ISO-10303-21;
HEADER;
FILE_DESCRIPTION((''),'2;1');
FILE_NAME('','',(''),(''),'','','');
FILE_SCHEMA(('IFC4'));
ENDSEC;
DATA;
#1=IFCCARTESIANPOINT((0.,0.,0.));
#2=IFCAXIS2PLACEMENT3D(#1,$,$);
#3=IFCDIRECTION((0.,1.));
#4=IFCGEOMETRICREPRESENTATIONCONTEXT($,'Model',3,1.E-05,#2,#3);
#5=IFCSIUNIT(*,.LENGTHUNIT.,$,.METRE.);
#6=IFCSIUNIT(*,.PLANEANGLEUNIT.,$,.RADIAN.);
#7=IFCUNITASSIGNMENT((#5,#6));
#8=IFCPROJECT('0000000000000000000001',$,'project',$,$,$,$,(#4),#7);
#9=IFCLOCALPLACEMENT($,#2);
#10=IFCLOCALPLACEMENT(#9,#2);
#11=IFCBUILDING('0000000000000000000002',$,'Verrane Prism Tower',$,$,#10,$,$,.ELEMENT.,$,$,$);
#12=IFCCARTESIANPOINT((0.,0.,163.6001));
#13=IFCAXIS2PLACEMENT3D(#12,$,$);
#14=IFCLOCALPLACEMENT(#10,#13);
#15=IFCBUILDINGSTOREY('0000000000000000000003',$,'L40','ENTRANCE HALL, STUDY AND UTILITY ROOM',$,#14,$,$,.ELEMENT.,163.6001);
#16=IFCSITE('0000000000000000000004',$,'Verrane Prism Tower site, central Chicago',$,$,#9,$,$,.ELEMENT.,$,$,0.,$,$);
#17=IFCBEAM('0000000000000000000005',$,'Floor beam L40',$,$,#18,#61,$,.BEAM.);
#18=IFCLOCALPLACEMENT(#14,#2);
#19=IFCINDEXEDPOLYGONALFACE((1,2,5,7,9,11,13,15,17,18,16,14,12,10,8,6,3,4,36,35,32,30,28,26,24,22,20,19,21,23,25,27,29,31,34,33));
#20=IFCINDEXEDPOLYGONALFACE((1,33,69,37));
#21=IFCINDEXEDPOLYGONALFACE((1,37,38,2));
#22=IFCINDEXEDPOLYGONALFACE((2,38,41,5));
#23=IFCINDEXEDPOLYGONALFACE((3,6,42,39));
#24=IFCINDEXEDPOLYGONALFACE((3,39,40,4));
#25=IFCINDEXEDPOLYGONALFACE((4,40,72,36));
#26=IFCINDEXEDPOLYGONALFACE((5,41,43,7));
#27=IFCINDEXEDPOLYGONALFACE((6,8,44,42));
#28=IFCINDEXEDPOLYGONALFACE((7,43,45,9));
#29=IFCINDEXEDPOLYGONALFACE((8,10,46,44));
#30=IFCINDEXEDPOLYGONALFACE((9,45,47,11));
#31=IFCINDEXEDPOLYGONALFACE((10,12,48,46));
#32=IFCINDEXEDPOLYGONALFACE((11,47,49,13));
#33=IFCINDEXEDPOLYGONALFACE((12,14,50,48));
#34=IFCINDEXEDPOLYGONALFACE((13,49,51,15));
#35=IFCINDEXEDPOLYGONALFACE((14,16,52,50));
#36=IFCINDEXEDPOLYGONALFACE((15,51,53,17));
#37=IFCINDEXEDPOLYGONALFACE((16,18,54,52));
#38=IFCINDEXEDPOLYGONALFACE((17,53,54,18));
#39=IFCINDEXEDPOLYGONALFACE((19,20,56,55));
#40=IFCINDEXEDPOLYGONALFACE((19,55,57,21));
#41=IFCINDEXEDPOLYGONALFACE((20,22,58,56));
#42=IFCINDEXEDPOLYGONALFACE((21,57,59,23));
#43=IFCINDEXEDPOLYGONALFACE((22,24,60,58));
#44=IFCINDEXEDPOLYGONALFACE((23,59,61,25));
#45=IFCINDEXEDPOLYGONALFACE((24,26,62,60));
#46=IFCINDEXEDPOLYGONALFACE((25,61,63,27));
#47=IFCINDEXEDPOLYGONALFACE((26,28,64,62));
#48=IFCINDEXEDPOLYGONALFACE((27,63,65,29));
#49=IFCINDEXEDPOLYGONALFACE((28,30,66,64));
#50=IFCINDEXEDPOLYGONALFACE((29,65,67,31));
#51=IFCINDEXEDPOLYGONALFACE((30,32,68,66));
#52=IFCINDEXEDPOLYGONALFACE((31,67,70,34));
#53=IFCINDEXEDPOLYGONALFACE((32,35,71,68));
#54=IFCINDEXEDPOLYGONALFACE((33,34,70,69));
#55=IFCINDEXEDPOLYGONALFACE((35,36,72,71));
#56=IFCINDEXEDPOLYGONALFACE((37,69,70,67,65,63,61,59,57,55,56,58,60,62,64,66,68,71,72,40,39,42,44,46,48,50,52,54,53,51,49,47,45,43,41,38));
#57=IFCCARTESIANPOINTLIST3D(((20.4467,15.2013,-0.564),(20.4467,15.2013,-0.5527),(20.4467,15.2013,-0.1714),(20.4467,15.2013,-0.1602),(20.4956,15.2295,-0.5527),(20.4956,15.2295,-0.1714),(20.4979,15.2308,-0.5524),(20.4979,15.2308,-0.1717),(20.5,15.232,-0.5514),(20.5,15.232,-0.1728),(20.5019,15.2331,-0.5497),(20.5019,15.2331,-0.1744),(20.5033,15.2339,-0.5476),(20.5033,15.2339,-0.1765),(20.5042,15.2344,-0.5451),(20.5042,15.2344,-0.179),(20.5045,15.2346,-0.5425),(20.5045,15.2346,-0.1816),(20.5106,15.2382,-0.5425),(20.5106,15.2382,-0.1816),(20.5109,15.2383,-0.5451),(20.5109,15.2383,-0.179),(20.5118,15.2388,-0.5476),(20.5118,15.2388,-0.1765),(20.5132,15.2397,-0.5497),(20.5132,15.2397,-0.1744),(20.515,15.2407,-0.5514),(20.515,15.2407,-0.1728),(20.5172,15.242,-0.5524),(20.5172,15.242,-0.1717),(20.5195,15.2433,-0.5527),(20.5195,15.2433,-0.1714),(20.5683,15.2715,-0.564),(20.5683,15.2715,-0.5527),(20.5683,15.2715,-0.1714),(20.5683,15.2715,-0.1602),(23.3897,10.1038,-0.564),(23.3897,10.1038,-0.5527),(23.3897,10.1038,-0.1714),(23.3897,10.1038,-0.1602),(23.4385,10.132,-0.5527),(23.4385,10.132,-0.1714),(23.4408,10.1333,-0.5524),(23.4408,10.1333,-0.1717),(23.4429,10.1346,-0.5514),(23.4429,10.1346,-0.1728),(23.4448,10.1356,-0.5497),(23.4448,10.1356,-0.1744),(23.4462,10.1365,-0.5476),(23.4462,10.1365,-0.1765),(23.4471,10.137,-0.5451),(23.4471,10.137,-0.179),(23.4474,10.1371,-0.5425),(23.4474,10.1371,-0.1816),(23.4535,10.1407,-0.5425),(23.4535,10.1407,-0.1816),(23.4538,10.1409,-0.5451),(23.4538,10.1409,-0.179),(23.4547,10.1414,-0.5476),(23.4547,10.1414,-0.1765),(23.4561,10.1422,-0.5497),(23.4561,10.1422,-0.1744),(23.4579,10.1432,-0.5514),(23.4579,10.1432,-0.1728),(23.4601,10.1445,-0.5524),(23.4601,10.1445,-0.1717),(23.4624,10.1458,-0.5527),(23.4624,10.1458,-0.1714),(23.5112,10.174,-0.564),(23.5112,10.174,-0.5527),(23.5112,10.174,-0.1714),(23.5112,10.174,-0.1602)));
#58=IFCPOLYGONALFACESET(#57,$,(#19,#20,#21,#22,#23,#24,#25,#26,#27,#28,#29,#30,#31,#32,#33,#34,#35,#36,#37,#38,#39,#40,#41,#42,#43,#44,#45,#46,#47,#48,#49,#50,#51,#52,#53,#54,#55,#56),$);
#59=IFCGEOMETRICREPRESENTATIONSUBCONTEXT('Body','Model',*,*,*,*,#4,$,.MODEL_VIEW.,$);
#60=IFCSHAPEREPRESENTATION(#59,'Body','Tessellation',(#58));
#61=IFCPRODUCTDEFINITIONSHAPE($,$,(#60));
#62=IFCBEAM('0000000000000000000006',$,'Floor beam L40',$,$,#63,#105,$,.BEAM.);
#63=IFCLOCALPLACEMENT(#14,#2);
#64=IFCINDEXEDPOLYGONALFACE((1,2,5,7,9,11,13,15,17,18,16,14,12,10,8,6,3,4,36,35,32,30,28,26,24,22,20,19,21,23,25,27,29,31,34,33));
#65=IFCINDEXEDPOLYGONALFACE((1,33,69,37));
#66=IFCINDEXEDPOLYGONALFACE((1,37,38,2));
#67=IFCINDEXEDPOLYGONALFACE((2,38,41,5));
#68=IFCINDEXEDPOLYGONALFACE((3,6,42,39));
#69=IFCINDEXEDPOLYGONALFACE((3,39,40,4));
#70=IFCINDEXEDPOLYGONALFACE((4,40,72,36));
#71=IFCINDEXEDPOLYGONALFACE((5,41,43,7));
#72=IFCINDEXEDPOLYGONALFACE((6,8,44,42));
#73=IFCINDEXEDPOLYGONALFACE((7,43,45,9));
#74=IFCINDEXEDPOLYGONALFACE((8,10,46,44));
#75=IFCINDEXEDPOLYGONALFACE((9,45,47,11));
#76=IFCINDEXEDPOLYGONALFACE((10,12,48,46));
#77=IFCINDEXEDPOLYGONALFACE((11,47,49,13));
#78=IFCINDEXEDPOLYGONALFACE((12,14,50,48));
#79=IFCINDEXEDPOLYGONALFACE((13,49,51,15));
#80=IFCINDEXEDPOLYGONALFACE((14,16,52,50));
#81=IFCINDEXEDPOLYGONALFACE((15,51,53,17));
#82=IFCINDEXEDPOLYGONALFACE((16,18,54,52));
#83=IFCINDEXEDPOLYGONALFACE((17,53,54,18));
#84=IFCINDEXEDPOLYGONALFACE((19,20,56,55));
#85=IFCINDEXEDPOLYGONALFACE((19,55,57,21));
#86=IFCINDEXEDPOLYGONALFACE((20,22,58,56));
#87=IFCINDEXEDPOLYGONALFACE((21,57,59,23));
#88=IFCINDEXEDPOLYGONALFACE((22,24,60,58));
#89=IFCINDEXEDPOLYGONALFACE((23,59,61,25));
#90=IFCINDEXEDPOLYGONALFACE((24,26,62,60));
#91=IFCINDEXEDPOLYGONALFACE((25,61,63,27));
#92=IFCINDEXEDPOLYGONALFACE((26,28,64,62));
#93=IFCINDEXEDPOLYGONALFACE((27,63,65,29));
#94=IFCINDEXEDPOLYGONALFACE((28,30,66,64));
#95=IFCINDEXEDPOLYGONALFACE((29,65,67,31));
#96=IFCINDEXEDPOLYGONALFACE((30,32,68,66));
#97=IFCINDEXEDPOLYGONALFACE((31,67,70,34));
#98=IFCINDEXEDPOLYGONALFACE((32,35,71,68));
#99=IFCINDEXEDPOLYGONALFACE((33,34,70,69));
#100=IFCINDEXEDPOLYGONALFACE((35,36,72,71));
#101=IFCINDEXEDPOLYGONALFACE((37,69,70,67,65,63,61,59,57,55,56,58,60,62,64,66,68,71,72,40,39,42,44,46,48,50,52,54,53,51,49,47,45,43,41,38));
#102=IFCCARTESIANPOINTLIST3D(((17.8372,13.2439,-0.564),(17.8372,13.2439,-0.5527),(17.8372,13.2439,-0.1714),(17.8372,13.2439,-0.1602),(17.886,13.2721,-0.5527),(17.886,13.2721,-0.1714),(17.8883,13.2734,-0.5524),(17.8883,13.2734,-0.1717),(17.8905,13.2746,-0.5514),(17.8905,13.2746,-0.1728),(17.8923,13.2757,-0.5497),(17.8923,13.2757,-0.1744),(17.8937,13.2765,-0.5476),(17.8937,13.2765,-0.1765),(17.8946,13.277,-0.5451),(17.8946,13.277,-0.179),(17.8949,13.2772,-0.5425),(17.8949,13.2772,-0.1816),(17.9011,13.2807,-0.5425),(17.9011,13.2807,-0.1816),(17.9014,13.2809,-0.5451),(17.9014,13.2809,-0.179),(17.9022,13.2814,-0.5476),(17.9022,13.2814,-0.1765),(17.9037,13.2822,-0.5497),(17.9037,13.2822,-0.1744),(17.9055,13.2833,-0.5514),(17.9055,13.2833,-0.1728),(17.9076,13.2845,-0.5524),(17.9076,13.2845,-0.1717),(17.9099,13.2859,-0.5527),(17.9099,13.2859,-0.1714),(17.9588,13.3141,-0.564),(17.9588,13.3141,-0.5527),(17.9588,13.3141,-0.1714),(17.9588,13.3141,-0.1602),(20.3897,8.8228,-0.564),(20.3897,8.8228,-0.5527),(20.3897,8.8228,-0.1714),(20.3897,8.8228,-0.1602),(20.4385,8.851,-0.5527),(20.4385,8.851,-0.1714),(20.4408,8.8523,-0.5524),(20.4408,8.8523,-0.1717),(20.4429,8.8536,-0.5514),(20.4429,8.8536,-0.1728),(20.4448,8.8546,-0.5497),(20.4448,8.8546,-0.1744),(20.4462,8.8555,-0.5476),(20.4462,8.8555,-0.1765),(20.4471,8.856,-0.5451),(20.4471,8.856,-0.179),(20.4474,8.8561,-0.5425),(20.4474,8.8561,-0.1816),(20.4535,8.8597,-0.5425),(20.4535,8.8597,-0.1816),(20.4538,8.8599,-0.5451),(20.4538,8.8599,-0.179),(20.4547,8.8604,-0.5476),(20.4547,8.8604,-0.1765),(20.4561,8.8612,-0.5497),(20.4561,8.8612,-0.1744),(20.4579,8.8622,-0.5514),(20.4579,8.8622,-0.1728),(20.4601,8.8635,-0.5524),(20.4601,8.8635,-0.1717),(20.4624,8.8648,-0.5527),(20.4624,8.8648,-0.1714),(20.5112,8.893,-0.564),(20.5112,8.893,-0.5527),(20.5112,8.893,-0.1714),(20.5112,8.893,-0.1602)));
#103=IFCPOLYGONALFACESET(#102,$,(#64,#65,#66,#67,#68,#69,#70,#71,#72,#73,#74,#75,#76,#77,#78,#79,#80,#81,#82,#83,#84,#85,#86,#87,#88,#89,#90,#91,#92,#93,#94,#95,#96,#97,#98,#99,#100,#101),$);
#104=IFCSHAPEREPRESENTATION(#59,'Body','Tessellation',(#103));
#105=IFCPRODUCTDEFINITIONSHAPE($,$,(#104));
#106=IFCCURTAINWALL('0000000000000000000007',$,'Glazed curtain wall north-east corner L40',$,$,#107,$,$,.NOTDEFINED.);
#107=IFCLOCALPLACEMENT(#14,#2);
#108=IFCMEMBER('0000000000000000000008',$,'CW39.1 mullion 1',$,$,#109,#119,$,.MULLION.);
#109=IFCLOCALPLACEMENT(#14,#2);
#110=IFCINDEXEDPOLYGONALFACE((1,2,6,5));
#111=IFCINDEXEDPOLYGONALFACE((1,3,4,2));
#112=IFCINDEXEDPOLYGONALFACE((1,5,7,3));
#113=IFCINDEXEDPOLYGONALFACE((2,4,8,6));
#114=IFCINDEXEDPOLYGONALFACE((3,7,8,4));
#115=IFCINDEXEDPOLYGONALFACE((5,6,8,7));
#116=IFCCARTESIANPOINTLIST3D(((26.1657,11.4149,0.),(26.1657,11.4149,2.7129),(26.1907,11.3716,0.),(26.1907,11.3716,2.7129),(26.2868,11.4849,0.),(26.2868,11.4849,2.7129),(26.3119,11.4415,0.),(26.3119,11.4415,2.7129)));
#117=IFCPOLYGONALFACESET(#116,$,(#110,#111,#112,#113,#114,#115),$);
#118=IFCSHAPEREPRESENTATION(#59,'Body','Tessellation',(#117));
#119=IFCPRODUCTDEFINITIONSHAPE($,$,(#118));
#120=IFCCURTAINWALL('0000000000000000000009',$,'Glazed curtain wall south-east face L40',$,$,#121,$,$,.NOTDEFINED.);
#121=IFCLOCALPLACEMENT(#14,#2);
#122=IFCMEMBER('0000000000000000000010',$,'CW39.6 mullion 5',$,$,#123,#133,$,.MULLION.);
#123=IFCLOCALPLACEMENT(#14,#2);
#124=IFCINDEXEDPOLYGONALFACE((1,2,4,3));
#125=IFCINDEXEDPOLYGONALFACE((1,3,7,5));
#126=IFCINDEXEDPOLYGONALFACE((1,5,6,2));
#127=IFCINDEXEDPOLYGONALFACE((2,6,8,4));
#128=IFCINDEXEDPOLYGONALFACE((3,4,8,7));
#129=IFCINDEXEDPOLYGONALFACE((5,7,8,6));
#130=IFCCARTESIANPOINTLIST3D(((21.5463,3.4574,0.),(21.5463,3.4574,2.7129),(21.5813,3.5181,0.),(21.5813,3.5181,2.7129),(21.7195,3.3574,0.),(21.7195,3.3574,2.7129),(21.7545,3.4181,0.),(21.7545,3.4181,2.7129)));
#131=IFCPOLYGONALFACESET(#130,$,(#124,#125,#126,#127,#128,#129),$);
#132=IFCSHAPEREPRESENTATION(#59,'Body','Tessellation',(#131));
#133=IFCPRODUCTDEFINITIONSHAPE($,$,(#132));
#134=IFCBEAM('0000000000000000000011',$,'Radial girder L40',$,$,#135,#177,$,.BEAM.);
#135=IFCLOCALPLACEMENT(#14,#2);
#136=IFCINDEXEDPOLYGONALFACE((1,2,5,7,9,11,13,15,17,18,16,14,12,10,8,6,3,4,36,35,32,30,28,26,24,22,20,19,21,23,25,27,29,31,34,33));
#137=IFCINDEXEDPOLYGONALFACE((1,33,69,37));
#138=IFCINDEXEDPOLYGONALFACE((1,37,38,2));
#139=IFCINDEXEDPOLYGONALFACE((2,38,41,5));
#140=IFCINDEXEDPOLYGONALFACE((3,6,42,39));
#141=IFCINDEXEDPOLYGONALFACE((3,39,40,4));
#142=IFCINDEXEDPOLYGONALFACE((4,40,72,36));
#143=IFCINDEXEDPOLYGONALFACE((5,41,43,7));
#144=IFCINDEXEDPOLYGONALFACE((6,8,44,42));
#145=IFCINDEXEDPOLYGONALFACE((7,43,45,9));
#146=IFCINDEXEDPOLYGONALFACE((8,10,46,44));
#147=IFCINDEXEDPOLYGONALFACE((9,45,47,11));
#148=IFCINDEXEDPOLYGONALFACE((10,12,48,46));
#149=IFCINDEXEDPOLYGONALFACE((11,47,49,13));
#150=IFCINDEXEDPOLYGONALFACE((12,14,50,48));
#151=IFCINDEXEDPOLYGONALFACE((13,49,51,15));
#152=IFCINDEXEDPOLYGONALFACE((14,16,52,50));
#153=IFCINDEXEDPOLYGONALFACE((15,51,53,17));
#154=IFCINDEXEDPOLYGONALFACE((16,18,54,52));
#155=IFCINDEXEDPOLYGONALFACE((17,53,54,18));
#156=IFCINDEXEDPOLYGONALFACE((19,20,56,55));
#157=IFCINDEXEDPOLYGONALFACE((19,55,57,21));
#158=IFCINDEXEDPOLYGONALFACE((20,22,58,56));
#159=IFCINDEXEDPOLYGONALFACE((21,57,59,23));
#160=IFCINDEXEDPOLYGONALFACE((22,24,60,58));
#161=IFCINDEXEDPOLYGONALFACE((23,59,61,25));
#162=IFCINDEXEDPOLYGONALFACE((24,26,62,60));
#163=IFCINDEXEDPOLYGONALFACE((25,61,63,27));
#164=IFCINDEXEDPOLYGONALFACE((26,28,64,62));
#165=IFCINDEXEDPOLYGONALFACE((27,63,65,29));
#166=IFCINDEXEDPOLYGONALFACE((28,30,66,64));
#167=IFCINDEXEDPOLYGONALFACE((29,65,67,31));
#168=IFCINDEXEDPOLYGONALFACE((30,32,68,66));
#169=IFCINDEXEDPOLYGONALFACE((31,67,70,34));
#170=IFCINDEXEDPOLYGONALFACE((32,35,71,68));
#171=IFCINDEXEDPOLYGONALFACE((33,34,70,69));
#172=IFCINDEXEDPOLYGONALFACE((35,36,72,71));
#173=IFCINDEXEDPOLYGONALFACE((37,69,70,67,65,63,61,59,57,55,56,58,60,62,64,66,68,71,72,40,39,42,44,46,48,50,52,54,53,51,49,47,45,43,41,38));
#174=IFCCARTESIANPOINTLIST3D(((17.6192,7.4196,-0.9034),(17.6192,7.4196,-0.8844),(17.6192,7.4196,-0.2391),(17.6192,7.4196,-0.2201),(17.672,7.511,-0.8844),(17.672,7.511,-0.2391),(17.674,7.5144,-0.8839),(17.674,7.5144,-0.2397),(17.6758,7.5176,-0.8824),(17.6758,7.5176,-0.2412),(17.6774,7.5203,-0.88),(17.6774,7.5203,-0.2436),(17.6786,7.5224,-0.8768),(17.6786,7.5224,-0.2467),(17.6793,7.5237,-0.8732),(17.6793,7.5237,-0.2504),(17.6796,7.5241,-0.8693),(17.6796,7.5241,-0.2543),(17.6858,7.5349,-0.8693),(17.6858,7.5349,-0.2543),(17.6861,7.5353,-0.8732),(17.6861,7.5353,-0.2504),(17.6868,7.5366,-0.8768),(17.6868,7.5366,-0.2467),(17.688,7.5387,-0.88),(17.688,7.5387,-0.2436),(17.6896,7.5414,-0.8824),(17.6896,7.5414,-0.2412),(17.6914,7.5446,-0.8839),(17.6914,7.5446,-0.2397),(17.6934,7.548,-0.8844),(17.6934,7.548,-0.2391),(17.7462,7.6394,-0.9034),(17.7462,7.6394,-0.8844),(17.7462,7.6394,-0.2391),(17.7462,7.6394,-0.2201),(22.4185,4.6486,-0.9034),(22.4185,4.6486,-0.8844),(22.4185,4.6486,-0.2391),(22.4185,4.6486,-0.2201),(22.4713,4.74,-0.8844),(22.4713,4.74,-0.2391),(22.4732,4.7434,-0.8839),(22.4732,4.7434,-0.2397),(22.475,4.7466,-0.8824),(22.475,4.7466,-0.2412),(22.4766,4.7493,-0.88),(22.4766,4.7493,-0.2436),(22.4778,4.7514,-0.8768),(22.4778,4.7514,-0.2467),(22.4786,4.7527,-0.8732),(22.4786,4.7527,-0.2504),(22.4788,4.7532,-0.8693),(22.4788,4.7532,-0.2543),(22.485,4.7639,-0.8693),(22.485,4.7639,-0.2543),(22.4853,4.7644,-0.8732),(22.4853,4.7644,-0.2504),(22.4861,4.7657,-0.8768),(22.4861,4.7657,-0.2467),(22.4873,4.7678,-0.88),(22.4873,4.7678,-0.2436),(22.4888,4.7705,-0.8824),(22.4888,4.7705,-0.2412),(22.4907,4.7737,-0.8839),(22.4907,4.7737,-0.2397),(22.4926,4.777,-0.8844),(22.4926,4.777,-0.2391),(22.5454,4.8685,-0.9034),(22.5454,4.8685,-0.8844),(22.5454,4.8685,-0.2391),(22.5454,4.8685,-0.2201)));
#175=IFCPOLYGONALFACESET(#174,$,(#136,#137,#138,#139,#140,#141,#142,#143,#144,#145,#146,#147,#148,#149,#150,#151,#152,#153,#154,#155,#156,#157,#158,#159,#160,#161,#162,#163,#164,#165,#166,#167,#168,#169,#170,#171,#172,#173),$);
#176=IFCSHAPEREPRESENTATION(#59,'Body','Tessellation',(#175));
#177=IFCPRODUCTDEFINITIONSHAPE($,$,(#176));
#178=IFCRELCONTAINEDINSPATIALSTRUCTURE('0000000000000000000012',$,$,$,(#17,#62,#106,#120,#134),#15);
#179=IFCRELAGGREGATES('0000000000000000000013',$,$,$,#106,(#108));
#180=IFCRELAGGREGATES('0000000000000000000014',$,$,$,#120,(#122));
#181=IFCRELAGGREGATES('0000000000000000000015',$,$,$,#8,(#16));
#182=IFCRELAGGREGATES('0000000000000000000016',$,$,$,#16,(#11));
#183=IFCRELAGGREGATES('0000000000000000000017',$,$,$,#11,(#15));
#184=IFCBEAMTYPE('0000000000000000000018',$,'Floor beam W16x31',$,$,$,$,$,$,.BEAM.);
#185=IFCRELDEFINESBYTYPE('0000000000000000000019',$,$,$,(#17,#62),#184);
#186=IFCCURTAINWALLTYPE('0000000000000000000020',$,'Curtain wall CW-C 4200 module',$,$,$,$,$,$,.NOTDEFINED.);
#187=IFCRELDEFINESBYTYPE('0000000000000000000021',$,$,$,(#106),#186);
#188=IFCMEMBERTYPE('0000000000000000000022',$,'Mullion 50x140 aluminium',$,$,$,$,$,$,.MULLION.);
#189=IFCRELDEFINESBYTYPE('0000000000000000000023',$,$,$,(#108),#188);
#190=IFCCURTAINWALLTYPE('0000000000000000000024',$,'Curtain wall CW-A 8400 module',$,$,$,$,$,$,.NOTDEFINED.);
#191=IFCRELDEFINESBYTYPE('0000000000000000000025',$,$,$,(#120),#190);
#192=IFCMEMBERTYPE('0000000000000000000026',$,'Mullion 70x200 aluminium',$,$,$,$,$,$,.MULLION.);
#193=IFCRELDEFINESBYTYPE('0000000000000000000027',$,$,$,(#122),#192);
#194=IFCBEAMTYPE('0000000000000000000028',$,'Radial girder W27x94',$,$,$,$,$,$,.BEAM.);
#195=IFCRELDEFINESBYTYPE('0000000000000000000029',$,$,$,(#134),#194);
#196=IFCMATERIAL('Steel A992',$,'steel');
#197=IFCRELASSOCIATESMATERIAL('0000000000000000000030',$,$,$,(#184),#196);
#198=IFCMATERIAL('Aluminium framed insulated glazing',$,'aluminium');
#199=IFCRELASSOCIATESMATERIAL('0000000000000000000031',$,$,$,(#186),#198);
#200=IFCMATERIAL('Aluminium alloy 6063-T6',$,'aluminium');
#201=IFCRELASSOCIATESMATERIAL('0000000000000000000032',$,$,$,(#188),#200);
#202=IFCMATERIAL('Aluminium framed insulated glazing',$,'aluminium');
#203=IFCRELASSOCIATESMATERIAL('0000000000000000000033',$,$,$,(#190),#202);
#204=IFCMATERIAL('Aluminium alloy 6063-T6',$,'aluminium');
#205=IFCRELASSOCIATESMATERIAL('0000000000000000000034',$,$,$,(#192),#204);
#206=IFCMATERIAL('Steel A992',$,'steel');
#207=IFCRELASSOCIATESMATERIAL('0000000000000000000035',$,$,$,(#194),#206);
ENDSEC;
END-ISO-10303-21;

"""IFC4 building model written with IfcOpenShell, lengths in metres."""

from ifc_helpers import new_model, si_unit, direction, frame, origin, origin_2d, place, context, subcontext, project, spatial, rectangle, i_section, extrude, material, material_profile, profile_set, type_object, element, aggregate, save


model = new_model("IFC4")

# Units and contexts
model_context = context("Model", 3, precision=1e-05, world=origin(), true_north=direction((0.0, 1.0)))
body_context = subcontext(model_context, "Body", "Model", "MODEL_VIEW")
ifc_project = project(units=[si_unit("LENGTHUNIT", "METRE"), si_unit("PLANEANGLEUNIT", "RADIAN")], contexts=[model_context])

# Site, building, storey
site_placement = place(None, origin())
site = spatial("IfcSite", under=ifc_project, at=site_placement, Name="Verrane Prism Tower site, central Chicago", CompositionType="ELEMENT", RefElevation=0.0)
building_placement = place(site_placement, origin())
building = spatial("IfcBuilding", under=site, at=building_placement, Name="Verrane Prism Tower", CompositionType="ELEMENT")
storey_placement = place(building_placement, frame((0.0, 0.0, 163.6001)))
storey = spatial("IfcBuildingStorey", under=building, at=storey_placement, Name="L40", Description="ENTRANCE HALL, STUDY AND UTILITY ROOM", CompositionType="ELEMENT", Elevation=163.6001)

# Beams
ifc_material_1 = material(Name="Steel A992", Category="steel")
ifc_material_profile_1 = material_profile(ifc_material_1, i_section(OverallWidth=0.1404, OverallDepth=0.4038, WebThickness=0.0071, FlangeThickness=0.0112, FilletRadius=0.0103, at=origin_2d()), Name="W16x31")
ifc_profile_set_1 = profile_set([ifc_material_profile_1], Name="Steel A992")
beam_type_1 = type_object("IfcBeamType", Name="Floor beam W16x31", PredefinedType="BEAM", material=ifc_profile_set_1)
beam_1_placement = place(storey_placement, frame((23.4504, 10.1389, -0.3621), z_axis=(-0.499985, 0.866034, 0.0), x_axis=(-0.866034, -0.499985, 0.0)))
element("IfcBeam", 1, at=beam_1_placement, inside=storey, type_object=beam_type_1, Name="Floor beam L40", PredefinedType="BEAM", context=body_context, shape_type="SweptSolid", body=[
    extrude(i_section(OverallWidth=0.1404, OverallDepth=0.4038, WebThickness=0.0071, FlangeThickness=0.0112, FilletRadius=0.0103, at=origin_2d()), origin(), (0.0, 0.0, 1.0), 5.886),
])
beam_2_placement = place(storey_placement, frame((20.4504, 8.8579, -0.3621), z_axis=(-0.499992, 0.86603, 0.0), x_axis=(-0.86603, -0.499992, 0.0)))
element("IfcBeam", 2, at=beam_2_placement, inside=storey, type_object=beam_type_1, Name="Floor beam L40", PredefinedType="BEAM", context=body_context, shape_type="SweptSolid", body=[
    extrude(i_section(OverallWidth=0.1404, OverallDepth=0.4038, WebThickness=0.0071, FlangeThickness=0.0112, FilletRadius=0.0103, at=origin_2d()), origin(), (0.0, 0.0, 1.0), 5.105),
])

# Curtain walls, members
ifc_material_2 = material(Name="Aluminium framed insulated glazing", Category="aluminium")
curtain_wall_type_1 = type_object("IfcCurtainWallType", Name="Curtain wall CW-C 4200 module", PredefinedType="NOTDEFINED", material=ifc_material_2)
curtain_wall_1_placement = place(storey_placement, origin())
curtain_wall_1 = element("IfcCurtainWall", 3, at=curtain_wall_1_placement, inside=storey, type_object=curtain_wall_type_1, Name="Glazed curtain wall north-east corner L40", PredefinedType="NOTDEFINED")
ifc_material_3 = material(Name="Aluminium alloy 6063-T6", Category="aluminium")
ifc_material_profile_2 = material_profile(ifc_material_3, rectangle(XDim=0.1399, YDim=0.05, at=origin_2d()), Name="Mullion 50x140 aluminium")
ifc_profile_set_2 = profile_set([ifc_material_profile_2], Name="Aluminium alloy 6063-T6")
member_type_1 = type_object("IfcMemberType", Name="Mullion 50x140 aluminium", PredefinedType="MULLION", material=ifc_profile_set_2)
member_1_placement = place(storey_placement, frame((26.2388, 11.4282, 0.0), z_axis=(0.0, 0.0, 1.0), x_axis=(-0.866022, -0.500006, 0.0)))
member_1 = element("IfcMember", 4, at=member_1_placement, type_object=member_type_1, Name="CW39.1 mullion 1", PredefinedType="MULLION", context=body_context, shape_type="SweptSolid", body=[
    extrude(rectangle(XDim=0.1399, YDim=0.05, at=origin_2d()), origin(), (0.0, 0.0, 1.0), 2.7129),
])
aggregate(curtain_wall_1, [member_1])
ifc_material_4 = material(Name="Aluminium framed insulated glazing", Category="aluminium")
curtain_wall_type_2 = type_object("IfcCurtainWallType", Name="Curtain wall CW-A 8400 module", PredefinedType="NOTDEFINED", material=ifc_material_4)
curtain_wall_2_placement = place(storey_placement, origin())
curtain_wall_2 = element("IfcCurtainWall", 5, at=curtain_wall_2_placement, inside=storey, type_object=curtain_wall_type_2, Name="Glazed curtain wall south-east face L40", PredefinedType="NOTDEFINED")
ifc_material_5 = material(Name="Aluminium alloy 6063-T6", Category="aluminium")
ifc_material_profile_3 = material_profile(ifc_material_5, rectangle(XDim=0.2, YDim=0.0701, at=origin_2d()), Name="Mullion 70x200 aluminium")
ifc_profile_set_3 = profile_set([ifc_material_profile_3], Name="Aluminium alloy 6063-T6")
member_type_2 = type_object("IfcMemberType", Name="Mullion 70x200 aluminium", PredefinedType="MULLION", material=ifc_profile_set_3)
member_2_placement = place(storey_placement, frame((21.6504, 3.4377, 0.0), z_axis=(0.0, 0.0, 1.0), x_axis=(-0.866026, 0.499999, 0.0)))
member_2 = element("IfcMember", 6, at=member_2_placement, type_object=member_type_2, Name="CW39.6 mullion 5", PredefinedType="MULLION", context=body_context, shape_type="SweptSolid", body=[
    extrude(rectangle(XDim=0.2, YDim=0.0701, at=origin_2d()), origin(), (0.0, 0.0, 1.0), 2.7129),
])

# Beam
ifc_material_6 = material(Name="Steel A992", Category="steel")
ifc_material_profile_4 = material_profile(ifc_material_6, i_section(OverallWidth=0.2539, OverallDepth=0.6833, WebThickness=0.0125, FlangeThickness=0.019, FilletRadius=0.0151, at=origin_2d()), Name="W27x94")
ifc_profile_set_4 = profile_set([ifc_material_profile_4], Name="Steel A992")
beam_type_2 = type_object("IfcBeamType", Name="Radial girder W27x94", PredefinedType="BEAM", material=ifc_profile_set_4)
beam_3_placement = place(storey_placement, frame((22.4819, 4.7585, -0.5618), z_axis=(-0.866017, 0.500015, 0.0), x_axis=(-0.500015, -0.866017, 0.0)))
element("IfcBeam", 7, at=beam_3_placement, inside=storey, type_object=beam_type_2, Name="Radial girder L40", PredefinedType="BEAM", context=body_context, shape_type="SweptSolid", body=[
    extrude(i_section(OverallWidth=0.2539, OverallDepth=0.6833, WebThickness=0.0125, FlangeThickness=0.019, FilletRadius=0.0151, at=origin_2d()), origin(), (0.0, 0.0, 1.0), 5.5417),
])

aggregate(curtain_wall_2, [member_2])

save(model, "model.ifc")
